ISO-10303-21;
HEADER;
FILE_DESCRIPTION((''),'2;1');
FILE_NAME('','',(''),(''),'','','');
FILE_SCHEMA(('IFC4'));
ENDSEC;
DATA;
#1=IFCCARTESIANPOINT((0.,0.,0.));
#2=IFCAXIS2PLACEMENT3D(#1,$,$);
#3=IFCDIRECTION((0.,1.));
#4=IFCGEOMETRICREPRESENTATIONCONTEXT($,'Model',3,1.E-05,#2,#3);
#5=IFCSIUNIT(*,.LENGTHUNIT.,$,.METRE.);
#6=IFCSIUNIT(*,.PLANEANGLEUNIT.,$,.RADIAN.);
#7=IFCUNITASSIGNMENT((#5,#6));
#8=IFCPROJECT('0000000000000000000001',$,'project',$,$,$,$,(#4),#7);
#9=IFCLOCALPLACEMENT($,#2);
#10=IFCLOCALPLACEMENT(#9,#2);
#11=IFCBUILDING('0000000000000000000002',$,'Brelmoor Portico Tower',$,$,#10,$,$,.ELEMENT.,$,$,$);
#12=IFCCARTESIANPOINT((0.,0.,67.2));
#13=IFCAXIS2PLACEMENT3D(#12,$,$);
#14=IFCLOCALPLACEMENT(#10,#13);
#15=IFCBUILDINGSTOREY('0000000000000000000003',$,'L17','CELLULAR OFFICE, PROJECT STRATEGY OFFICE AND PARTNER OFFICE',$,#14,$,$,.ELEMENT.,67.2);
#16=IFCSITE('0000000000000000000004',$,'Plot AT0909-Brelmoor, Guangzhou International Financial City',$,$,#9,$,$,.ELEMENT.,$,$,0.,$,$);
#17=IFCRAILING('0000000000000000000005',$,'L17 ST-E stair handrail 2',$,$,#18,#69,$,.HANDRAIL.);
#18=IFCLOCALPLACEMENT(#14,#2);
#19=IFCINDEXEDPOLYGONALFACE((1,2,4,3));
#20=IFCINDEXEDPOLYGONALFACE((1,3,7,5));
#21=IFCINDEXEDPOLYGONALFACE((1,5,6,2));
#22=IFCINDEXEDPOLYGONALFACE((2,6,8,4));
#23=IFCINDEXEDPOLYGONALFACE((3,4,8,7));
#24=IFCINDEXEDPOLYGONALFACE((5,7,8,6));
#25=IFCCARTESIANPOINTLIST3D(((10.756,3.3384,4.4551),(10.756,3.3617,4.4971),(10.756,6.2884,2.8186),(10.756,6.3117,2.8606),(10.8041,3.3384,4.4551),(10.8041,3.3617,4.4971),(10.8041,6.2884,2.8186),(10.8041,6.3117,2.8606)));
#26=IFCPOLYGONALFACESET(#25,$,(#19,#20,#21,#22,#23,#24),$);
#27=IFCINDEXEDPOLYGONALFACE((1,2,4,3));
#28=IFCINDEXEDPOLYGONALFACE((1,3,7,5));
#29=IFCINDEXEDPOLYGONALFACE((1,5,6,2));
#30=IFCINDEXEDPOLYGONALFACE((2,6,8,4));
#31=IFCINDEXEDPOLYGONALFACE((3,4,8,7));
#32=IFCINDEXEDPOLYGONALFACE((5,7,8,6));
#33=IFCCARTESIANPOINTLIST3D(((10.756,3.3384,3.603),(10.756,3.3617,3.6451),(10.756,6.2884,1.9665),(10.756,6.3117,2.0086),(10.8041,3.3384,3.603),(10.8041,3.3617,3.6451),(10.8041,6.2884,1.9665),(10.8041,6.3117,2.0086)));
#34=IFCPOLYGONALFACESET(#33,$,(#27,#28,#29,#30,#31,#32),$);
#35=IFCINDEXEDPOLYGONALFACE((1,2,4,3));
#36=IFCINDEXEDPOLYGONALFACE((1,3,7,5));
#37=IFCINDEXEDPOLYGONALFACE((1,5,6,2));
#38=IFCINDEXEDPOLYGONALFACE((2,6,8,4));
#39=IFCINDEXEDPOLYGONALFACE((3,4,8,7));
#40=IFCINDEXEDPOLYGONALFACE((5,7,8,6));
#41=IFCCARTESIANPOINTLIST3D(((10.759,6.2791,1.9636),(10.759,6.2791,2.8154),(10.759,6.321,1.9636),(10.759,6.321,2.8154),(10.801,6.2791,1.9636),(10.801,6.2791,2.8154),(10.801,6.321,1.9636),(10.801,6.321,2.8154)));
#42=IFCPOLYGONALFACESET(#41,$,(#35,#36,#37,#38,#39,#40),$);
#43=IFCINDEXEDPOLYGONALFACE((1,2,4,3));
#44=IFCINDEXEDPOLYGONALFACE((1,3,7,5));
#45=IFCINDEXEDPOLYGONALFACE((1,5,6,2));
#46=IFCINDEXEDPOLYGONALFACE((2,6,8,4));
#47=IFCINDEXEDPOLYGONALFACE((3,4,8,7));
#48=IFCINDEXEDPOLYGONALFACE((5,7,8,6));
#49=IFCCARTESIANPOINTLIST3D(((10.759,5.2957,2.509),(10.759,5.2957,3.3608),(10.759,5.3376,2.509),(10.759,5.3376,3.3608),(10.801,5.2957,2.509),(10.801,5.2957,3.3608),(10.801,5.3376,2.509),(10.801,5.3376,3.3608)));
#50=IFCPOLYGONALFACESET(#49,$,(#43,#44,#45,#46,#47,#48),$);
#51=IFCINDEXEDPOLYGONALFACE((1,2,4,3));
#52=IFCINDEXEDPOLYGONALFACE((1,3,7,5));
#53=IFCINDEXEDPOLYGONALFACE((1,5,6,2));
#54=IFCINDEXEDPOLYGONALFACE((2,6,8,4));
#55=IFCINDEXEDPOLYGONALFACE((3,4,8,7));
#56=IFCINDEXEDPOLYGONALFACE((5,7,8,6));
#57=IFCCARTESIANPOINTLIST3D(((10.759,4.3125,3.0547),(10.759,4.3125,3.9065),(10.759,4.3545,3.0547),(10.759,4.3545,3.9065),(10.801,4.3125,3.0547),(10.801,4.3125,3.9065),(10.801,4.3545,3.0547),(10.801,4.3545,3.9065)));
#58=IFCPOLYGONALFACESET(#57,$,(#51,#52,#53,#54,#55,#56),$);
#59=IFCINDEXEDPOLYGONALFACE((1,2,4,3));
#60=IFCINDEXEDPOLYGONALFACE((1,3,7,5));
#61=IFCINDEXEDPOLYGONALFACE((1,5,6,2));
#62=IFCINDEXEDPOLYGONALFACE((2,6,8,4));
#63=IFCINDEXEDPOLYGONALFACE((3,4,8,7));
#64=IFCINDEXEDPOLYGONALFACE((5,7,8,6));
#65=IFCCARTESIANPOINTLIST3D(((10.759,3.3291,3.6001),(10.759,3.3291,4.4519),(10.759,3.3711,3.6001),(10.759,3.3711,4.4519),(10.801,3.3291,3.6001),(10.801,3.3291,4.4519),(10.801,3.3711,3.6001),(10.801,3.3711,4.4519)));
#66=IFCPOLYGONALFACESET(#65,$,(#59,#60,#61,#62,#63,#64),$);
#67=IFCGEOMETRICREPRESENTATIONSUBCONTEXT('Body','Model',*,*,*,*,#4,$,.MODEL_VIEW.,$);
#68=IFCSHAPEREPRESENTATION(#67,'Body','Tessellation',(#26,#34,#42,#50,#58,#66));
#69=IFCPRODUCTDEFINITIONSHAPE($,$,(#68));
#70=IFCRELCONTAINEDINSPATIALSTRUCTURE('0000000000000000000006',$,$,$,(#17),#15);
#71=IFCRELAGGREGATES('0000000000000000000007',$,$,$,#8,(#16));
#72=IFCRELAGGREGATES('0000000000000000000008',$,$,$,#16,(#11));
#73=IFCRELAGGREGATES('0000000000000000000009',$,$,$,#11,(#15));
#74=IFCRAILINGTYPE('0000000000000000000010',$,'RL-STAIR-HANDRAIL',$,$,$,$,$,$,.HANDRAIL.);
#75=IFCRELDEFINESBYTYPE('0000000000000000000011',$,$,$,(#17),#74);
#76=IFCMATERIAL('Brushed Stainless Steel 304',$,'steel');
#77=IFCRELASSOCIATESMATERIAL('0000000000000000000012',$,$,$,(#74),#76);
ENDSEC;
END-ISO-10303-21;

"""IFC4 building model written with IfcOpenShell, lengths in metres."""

from ifc_helpers import new_model, si_unit, direction, frame, origin, origin_2d, place, context, subcontext, project, spatial, rectangle, extrude, material, type_object, element, save


model = new_model("IFC4")

# Units and contexts
model_context = context("Model", 3, precision=1e-05, world=origin(), true_north=direction((0.0, 1.0)))
body_context = subcontext(model_context, "Body", "Model", "MODEL_VIEW")
ifc_project = project(units=[si_unit("LENGTHUNIT", "METRE"), si_unit("PLANEANGLEUNIT", "RADIAN")], contexts=[model_context])

# Site, building, storey
site_placement = place(None, origin())
site = spatial("IfcSite", under=ifc_project, at=site_placement, Name="Plot AT0909-Brelmoor, Guangzhou International Financial City", CompositionType="ELEMENT", RefElevation=0.0)
building_placement = place(site_placement, origin())
building = spatial("IfcBuilding", under=site, at=building_placement, Name="Brelmoor Portico Tower", CompositionType="ELEMENT")
storey_placement = place(building_placement, frame((0.0, 0.0, 67.2)))
storey = spatial("IfcBuildingStorey", under=building, at=storey_placement, Name="L17", Description="CELLULAR OFFICE, PROJECT STRATEGY OFFICE AND PARTNER OFFICE", CompositionType="ELEMENT", Elevation=67.2)

# Railing
ifc_material_1 = material(Name="Brushed Stainless Steel 304", Category="steel")
railing_type_1 = type_object("IfcRailingType", Name="RL-STAIR-HANDRAIL", PredefinedType="HANDRAIL", material=ifc_material_1)
railing_1_placement = place(storey_placement, frame((10.78, 6.3, 1.9636)))
element("IfcRailing", 1, at=railing_1_placement, inside=storey, type_object=railing_type_1, Name="L17 ST-E stair handrail 2", PredefinedType="HANDRAIL", context=body_context, shape_type="SweptSolid", body=[
    extrude(rectangle(XDim=0.0481, YDim=0.0481, at=origin_2d()), frame((0.0, 0.0, 0.876), z_axis=(0.0, -0.874458, 0.485102), x_axis=(1.0, 0.0, 0.0)), (0.0, 0.0, 1.0), 3.3735),
    extrude(rectangle(XDim=0.0481, YDim=0.0481, at=origin_2d()), frame((0.0, 0.0, 0.0239), z_axis=(0.0, -0.874458, 0.485102), x_axis=(1.0, 0.0, 0.0)), (0.0, 0.0, 1.0), 3.3735),
    extrude(rectangle(XDim=0.042, YDim=0.042, at=origin_2d()), origin(), (0.0, 0.0, 1.0), 0.8518),
    extrude(rectangle(XDim=0.042, YDim=0.042, at=origin_2d()), frame((0.0, -0.9834, 0.5454)), (0.0, 0.0, 1.0), 0.8518),
    extrude(rectangle(XDim=0.042, YDim=0.042, at=origin_2d()), frame((0.0, -1.9666, 1.0911)), (0.0, 0.0, 1.0), 0.8518),
    extrude(rectangle(XDim=0.042, YDim=0.042, at=origin_2d()), frame((0.0, -2.95, 1.6365)), (0.0, 0.0, 1.0), 0.8518),
])

save(model, "model.ifc")
